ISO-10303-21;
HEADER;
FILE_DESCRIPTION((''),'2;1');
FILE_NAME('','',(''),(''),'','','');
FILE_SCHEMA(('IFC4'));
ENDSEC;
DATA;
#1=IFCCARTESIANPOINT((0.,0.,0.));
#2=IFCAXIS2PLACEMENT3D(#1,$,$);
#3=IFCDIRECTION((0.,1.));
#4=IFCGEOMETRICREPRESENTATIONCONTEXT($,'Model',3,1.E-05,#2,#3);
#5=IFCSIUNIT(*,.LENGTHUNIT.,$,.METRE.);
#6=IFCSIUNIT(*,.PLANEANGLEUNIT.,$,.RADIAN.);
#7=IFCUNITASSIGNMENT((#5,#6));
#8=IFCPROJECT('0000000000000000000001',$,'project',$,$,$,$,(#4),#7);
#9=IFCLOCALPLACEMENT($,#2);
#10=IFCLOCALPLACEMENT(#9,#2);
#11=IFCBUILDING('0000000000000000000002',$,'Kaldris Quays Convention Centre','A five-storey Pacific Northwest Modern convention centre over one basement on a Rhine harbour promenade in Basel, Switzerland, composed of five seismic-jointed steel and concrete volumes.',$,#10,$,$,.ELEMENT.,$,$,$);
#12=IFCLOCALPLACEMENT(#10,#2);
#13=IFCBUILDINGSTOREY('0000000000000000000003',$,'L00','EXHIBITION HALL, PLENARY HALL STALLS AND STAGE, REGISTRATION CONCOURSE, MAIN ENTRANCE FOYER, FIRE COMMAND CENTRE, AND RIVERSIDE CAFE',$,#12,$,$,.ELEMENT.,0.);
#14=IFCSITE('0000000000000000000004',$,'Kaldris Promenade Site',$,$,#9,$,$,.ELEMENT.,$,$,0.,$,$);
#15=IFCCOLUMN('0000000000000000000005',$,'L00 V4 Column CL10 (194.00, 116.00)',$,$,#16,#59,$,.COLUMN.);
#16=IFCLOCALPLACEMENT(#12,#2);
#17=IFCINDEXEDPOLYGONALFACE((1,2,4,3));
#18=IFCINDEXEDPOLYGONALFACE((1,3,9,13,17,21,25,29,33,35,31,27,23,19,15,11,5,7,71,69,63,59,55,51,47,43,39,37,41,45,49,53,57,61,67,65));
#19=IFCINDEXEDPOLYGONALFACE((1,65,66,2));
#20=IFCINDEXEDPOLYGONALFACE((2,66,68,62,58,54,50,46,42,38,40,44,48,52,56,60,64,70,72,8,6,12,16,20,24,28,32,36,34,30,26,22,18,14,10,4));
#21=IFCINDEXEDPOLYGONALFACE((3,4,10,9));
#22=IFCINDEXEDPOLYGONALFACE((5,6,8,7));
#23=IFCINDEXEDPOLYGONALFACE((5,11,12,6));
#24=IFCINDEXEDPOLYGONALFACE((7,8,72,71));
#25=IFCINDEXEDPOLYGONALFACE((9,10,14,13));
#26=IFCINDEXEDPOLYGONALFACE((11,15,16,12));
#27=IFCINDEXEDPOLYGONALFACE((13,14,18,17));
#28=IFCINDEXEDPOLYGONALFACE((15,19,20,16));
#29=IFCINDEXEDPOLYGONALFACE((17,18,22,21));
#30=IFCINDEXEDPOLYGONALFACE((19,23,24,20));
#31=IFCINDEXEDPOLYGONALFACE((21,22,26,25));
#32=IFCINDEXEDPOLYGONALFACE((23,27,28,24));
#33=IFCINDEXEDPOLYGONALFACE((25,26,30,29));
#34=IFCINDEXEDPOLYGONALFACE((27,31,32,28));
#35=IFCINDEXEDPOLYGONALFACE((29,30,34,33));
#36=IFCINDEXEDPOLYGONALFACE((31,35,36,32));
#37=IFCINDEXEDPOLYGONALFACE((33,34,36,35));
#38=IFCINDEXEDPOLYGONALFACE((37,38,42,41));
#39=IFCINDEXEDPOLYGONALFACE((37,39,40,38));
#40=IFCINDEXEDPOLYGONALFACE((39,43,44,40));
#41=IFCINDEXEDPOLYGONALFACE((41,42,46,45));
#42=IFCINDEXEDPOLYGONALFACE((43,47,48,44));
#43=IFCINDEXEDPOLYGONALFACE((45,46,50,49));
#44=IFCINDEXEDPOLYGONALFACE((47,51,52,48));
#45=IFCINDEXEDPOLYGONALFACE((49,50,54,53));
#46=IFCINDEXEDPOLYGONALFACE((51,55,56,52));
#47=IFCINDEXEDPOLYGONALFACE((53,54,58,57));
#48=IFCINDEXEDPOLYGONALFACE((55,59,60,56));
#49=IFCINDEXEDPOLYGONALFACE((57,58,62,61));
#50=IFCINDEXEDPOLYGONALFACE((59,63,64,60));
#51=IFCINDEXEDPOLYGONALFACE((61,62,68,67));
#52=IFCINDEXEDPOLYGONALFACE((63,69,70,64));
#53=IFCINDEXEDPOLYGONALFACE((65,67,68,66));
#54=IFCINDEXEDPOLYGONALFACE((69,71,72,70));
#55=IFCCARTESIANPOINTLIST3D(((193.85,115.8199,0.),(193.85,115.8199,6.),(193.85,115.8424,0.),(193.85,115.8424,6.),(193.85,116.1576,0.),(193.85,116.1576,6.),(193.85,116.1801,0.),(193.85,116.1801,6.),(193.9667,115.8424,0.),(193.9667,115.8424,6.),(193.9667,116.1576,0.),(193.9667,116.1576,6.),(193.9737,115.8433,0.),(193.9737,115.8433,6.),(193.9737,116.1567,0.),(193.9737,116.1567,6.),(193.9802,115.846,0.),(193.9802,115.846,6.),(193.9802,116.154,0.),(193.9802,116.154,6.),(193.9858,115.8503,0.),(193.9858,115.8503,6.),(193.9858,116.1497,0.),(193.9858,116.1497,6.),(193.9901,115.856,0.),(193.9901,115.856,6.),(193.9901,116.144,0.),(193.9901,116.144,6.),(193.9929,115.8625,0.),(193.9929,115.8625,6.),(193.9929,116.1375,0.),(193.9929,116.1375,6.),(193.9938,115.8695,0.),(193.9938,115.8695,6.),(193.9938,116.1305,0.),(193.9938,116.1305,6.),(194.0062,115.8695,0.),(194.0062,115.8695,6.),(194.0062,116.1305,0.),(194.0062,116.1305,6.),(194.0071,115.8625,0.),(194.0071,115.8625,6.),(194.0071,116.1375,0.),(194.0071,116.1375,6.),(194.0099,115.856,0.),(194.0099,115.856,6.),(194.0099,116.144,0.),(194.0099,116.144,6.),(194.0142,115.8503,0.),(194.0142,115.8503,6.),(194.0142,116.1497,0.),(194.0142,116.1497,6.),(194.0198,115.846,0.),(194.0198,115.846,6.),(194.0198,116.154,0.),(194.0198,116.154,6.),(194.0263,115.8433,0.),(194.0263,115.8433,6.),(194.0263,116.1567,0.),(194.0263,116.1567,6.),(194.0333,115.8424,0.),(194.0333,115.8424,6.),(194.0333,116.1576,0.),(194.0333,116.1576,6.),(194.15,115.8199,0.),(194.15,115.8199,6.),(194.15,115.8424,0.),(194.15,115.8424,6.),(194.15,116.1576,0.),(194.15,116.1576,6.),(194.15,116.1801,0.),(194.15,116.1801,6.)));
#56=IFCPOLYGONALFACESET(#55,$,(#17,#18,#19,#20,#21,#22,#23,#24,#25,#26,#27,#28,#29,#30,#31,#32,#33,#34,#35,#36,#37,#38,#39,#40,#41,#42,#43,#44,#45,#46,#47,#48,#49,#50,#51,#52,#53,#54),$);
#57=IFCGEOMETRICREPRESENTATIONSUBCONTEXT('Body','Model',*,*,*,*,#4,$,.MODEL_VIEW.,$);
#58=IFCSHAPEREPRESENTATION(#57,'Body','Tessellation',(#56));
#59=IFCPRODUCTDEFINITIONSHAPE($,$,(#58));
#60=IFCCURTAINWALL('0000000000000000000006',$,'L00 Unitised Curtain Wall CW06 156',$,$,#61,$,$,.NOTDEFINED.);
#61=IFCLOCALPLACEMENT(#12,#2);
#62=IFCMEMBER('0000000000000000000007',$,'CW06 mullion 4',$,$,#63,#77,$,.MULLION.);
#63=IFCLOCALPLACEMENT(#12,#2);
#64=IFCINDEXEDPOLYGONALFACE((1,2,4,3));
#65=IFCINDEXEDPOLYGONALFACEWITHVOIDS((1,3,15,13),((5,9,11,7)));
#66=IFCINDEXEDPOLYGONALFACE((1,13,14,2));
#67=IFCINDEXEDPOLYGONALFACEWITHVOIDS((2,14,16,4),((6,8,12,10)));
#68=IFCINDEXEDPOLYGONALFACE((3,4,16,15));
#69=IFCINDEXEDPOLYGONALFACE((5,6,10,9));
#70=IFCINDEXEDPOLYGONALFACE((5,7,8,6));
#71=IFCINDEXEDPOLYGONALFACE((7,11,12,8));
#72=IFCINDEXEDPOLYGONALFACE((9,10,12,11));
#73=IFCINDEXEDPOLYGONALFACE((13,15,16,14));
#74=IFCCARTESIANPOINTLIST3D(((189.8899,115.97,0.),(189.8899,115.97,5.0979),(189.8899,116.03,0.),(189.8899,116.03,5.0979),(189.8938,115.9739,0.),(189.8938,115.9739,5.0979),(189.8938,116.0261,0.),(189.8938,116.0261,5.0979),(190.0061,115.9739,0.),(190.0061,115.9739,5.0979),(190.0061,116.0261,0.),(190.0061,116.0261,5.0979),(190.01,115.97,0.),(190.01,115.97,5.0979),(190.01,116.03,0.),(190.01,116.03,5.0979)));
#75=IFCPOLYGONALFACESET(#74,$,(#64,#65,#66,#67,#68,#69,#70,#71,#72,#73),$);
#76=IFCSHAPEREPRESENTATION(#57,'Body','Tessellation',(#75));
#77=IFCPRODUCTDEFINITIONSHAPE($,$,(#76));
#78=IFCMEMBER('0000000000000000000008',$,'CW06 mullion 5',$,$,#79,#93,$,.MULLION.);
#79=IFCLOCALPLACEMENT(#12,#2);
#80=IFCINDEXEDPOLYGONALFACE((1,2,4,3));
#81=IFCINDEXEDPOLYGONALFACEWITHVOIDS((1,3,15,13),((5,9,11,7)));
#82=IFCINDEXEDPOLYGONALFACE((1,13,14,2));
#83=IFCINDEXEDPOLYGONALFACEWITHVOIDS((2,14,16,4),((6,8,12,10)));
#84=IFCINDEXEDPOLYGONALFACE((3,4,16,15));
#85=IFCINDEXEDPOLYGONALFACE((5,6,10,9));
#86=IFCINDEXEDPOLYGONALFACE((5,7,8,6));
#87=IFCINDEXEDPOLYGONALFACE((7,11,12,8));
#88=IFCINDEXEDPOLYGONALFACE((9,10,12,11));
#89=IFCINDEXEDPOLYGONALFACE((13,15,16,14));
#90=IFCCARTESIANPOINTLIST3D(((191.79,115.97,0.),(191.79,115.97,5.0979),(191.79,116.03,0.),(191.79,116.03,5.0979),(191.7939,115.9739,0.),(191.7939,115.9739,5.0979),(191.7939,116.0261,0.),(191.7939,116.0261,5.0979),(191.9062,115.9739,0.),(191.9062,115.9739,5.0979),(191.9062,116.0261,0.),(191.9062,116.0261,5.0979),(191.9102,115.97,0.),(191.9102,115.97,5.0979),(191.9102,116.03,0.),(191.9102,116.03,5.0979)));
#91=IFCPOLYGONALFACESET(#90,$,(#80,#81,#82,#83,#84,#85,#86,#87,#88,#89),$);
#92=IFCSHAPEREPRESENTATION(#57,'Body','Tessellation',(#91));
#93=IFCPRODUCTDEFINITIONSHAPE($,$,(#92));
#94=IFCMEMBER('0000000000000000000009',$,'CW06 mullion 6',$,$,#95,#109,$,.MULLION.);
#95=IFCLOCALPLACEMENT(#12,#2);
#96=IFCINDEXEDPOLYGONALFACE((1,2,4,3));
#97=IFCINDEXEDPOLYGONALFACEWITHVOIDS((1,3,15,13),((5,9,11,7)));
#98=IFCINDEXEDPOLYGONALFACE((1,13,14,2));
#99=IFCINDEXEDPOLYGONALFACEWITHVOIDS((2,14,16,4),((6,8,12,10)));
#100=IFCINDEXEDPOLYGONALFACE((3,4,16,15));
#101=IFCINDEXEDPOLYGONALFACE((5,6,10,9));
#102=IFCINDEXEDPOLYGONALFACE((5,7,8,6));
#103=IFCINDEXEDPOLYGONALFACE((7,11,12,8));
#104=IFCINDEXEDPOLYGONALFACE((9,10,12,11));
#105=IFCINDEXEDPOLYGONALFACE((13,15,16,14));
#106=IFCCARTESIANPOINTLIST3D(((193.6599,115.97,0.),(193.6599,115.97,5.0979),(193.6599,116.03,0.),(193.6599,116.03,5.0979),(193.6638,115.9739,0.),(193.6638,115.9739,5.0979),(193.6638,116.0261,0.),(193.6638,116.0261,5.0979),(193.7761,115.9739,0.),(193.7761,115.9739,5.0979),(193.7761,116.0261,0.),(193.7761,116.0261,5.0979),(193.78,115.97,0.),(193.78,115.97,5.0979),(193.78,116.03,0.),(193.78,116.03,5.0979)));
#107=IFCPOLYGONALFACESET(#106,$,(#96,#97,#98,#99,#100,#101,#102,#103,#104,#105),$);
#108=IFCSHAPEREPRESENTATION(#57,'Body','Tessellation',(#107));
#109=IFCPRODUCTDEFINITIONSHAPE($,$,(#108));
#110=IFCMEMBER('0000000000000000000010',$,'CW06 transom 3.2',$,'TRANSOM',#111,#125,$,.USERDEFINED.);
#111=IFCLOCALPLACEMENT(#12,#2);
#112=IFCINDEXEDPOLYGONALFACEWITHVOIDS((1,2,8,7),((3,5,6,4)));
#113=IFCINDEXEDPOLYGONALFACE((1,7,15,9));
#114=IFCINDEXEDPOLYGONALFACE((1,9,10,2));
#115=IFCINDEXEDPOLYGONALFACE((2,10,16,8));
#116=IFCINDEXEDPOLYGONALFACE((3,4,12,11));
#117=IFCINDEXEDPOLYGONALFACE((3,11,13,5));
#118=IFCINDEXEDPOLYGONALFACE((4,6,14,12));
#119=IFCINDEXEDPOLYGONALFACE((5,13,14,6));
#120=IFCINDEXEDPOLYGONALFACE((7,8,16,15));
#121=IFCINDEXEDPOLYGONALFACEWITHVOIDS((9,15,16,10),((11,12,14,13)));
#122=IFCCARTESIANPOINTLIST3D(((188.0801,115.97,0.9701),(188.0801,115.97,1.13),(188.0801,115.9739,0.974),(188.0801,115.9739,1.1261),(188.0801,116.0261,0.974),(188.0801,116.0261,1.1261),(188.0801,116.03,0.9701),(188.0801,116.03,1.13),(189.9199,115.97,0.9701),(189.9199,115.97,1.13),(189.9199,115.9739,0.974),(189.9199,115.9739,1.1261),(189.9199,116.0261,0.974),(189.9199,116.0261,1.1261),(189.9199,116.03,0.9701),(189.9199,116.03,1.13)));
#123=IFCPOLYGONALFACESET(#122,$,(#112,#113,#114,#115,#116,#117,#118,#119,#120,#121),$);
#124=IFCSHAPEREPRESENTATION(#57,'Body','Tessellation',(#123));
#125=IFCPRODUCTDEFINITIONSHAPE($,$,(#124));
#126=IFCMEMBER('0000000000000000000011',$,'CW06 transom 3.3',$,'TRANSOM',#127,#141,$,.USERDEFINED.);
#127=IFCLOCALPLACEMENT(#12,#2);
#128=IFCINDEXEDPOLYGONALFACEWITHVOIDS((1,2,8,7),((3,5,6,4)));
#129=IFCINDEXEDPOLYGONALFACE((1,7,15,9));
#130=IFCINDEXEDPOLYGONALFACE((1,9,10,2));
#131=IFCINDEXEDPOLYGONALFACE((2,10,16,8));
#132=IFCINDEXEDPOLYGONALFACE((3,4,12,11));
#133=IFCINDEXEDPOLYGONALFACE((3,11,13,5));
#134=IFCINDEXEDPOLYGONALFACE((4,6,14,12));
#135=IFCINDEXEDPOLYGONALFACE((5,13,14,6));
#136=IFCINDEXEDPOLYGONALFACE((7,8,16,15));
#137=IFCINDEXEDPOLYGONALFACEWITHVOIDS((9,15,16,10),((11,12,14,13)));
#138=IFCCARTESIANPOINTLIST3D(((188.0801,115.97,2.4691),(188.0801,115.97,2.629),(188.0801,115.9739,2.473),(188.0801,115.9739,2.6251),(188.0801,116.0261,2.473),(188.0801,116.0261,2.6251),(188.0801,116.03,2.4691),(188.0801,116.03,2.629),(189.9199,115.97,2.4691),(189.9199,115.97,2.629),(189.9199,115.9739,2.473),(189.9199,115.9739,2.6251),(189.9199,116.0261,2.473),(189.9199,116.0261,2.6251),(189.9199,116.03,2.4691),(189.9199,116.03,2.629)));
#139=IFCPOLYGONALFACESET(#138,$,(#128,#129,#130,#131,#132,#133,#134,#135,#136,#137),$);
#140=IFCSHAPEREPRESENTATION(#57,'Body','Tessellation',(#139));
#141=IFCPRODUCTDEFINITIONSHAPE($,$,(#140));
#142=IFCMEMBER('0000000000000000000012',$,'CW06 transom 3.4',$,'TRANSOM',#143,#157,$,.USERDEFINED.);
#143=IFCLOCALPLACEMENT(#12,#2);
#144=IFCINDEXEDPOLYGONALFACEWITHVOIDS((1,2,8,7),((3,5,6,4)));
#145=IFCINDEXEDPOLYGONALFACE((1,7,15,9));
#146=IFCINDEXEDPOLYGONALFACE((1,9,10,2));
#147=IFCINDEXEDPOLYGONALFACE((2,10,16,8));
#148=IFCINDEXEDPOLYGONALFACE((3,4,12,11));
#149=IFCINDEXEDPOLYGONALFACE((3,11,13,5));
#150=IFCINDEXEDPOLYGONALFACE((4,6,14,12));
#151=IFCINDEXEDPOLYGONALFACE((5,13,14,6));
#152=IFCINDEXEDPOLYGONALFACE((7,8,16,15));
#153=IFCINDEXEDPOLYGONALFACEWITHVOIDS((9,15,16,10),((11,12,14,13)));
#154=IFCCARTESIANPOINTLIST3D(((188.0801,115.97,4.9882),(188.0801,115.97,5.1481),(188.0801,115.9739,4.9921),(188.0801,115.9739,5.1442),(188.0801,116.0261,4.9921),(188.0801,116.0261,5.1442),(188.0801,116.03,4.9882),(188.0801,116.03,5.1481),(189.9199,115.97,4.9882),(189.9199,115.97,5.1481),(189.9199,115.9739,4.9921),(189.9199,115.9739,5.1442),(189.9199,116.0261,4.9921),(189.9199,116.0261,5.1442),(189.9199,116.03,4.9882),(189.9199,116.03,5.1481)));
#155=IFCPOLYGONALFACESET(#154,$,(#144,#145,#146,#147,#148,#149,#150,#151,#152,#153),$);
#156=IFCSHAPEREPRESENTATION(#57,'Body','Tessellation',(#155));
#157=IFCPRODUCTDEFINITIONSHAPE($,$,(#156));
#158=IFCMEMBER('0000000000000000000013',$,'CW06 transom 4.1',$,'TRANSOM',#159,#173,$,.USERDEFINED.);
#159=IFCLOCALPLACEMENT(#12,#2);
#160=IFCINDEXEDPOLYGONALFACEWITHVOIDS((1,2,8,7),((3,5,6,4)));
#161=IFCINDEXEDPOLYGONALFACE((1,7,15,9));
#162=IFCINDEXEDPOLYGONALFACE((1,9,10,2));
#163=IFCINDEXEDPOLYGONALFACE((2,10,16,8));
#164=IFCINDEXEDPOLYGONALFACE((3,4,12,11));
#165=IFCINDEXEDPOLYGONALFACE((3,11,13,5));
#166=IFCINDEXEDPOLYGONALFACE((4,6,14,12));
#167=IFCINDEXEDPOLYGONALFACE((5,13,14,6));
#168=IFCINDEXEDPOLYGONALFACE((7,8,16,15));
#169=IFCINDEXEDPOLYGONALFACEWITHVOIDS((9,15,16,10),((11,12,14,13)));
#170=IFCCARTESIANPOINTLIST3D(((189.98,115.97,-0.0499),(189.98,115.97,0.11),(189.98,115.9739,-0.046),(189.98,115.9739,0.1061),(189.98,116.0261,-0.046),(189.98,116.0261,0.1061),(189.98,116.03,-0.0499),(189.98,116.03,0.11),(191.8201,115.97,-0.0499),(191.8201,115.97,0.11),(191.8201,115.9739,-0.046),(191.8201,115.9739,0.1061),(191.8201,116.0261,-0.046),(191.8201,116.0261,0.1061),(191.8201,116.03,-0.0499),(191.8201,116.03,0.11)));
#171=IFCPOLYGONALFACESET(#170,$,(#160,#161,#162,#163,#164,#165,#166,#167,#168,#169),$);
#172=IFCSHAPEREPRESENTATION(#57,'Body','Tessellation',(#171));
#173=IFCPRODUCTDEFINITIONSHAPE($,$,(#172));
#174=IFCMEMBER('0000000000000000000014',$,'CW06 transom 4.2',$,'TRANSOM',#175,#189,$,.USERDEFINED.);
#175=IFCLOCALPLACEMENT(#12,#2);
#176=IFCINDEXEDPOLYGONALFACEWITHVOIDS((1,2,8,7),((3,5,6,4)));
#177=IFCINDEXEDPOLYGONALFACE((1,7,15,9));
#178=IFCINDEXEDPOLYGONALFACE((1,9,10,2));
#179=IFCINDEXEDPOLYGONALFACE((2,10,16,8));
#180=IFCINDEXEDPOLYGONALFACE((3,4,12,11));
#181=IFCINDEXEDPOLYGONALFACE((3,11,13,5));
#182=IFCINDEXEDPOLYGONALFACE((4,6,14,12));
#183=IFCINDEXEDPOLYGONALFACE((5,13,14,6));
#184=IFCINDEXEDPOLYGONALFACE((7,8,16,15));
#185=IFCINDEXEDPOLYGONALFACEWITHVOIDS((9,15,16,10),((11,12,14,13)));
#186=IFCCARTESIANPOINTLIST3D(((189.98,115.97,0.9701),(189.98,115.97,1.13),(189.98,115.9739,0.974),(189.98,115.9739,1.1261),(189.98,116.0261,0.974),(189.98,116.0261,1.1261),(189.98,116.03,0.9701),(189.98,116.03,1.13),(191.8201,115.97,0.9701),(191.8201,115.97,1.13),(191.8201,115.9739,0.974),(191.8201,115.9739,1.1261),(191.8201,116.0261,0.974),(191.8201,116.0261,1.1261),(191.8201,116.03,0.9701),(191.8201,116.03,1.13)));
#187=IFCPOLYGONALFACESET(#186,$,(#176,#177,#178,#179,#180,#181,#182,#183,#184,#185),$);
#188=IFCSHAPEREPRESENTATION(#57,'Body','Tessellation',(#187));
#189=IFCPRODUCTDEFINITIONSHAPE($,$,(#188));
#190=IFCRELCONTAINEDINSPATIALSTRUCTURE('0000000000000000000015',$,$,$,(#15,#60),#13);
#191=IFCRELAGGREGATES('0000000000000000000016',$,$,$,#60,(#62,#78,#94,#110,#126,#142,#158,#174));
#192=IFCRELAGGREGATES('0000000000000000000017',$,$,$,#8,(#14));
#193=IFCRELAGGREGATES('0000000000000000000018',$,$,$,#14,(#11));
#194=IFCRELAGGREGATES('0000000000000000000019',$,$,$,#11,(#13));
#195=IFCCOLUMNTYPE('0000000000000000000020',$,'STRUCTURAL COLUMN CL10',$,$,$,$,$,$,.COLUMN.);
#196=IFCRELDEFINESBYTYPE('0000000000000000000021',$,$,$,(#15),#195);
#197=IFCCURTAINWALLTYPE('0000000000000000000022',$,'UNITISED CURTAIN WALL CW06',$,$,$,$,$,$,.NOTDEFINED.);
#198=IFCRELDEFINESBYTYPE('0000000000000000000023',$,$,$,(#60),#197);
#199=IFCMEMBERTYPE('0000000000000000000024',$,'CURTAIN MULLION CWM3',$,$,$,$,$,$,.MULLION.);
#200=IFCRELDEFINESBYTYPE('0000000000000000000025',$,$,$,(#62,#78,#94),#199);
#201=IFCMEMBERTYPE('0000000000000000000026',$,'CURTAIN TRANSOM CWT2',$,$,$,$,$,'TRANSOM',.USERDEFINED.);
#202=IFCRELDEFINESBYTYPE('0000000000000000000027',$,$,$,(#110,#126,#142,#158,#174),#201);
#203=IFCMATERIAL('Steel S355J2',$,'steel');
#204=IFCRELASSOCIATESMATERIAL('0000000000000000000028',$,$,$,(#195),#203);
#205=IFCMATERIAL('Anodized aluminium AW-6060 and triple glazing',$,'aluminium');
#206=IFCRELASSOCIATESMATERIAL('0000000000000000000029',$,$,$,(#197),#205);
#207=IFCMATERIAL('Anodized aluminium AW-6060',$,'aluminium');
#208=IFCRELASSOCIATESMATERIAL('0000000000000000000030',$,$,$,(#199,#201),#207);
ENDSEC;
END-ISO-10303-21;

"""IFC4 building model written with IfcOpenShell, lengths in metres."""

from ifc_helpers import new_model, si_unit, direction, frame, origin, origin_2d, place, context, subcontext, project, spatial, hollow_rectangle, i_section, extrude, material, material_profile, profile_set, type_object, element, aggregate, save


model = new_model("IFC4")

# Units and contexts
model_context = context("Model", 3, precision=1e-05, world=origin(), true_north=direction((0.0, 1.0)))
body_context = subcontext(model_context, "Body", "Model", "MODEL_VIEW")
ifc_project = project(units=[si_unit("LENGTHUNIT", "METRE"), si_unit("PLANEANGLEUNIT", "RADIAN")], contexts=[model_context])

# Site, building, storey
site_placement = place(None, origin())
site = spatial("IfcSite", under=ifc_project, at=site_placement, Name="Kaldris Promenade Site", CompositionType="ELEMENT", RefElevation=0.0)
building_placement = place(site_placement, origin())
building = spatial("IfcBuilding", under=site, at=building_placement, Name="Kaldris Quays Convention Centre", Description="A five-storey Pacific Northwest Modern convention centre over one basement on a Rhine harbour promenade in Basel, Switzerland, composed of five seismic-jointed steel and concrete volumes.", CompositionType="ELEMENT")
storey_placement = place(building_placement, origin())
storey = spatial("IfcBuildingStorey", under=building, at=storey_placement, Name="L00", Description="EXHIBITION HALL, PLENARY HALL STALLS AND STAGE, REGISTRATION CONCOURSE, MAIN ENTRANCE FOYER, FIRE COMMAND CENTRE, AND RIVERSIDE CAFE", CompositionType="ELEMENT", Elevation=0.0)

# Column
ifc_material_1 = material(Name="Steel S355J2", Category="steel")
ifc_material_profile_1 = material_profile(ifc_material_1, i_section(OverallWidth=0.3, OverallDepth=0.3601, WebThickness=0.0125, FlangeThickness=0.0225, FilletRadius=0.0271, at=origin_2d()), Name="HEB 360")
ifc_profile_set_1 = profile_set([ifc_material_profile_1], Name="Steel S355J2")
column_type = type_object("IfcColumnType", Name="STRUCTURAL COLUMN CL10", PredefinedType="COLUMN", material=ifc_profile_set_1)
column_placement = place(storey_placement, frame((194.0, 116.0, 0.0), z_axis=(0.0, 0.0, 1.0), x_axis=(1.0, 0.0, 0.0)))
element("IfcColumn", 1, at=column_placement, inside=storey, type_object=column_type, Name="L00 V4 Column CL10 (194.00, 116.00)", PredefinedType="COLUMN", context=body_context, shape_type="SweptSolid", body=[
    extrude(i_section(OverallWidth=0.3, OverallDepth=0.3601, WebThickness=0.0125, FlangeThickness=0.0225, FilletRadius=0.0271, at=origin_2d()), origin(), (0.0, 0.0, 1.0), 6.0),
])

# Curtain wall, members
ifc_material_2 = material(Name="Anodized aluminium AW-6060 and triple glazing", Category="aluminium")
curtain_wall_type = type_object("IfcCurtainWallType", Name="UNITISED CURTAIN WALL CW06", PredefinedType="NOTDEFINED", material=ifc_material_2)
curtain_wall_placement = place(storey_placement, origin())
curtain_wall = element("IfcCurtainWall", 2, at=curtain_wall_placement, inside=storey, type_object=curtain_wall_type, Name="L00 Unitised Curtain Wall CW06 156", PredefinedType="NOTDEFINED")
ifc_material_3 = material(Name="Anodized aluminium AW-6060", Category="aluminium")
ifc_material_profile_2 = material_profile(ifc_material_3, hollow_rectangle(XDim=0.0601, YDim=0.1201, WallThickness=0.0039, at=origin_2d()), Name="RHS 120x60x4")
ifc_profile_set_2 = profile_set([ifc_material_profile_2], Name="Anodized aluminium AW-6060")
member_type_1 = type_object("IfcMemberType", Name="CURTAIN MULLION CWM3", PredefinedType="MULLION", material=ifc_profile_set_2)
member_1_placement = place(storey_placement, frame((189.95, 116.0, 0.0), z_axis=(0.0, 0.0, 1.0), x_axis=(0.0, 1.0, 0.0)))
member_1 = element("IfcMember", 3, at=member_1_placement, type_object=member_type_1, Name="CW06 mullion 4", PredefinedType="MULLION", context=body_context, shape_type="SweptSolid", body=[
    extrude(hollow_rectangle(XDim=0.0601, YDim=0.1201, WallThickness=0.0039, at=origin_2d()), origin(), (0.0, 0.0, 1.0), 5.0979),
])
member_2_placement = place(storey_placement, frame((191.8501, 116.0, 0.0), z_axis=(0.0, 0.0, 1.0), x_axis=(0.0, 1.0, 0.0)))
member_2 = element("IfcMember", 4, at=member_2_placement, type_object=member_type_1, Name="CW06 mullion 5", PredefinedType="MULLION", context=body_context, shape_type="SweptSolid", body=[
    extrude(hollow_rectangle(XDim=0.0601, YDim=0.1201, WallThickness=0.0039, at=origin_2d()), origin(), (0.0, 0.0, 1.0), 5.0979),
])
member_3_placement = place(storey_placement, frame((193.72, 116.0, 0.0), z_axis=(0.0, 0.0, 1.0), x_axis=(0.0, 1.0, 0.0)))
member_3 = element("IfcMember", 5, at=member_3_placement, type_object=member_type_1, Name="CW06 mullion 6", PredefinedType="MULLION", context=body_context, shape_type="SweptSolid", body=[
    extrude(hollow_rectangle(XDim=0.0601, YDim=0.1201, WallThickness=0.0039, at=origin_2d()), origin(), (0.0, 0.0, 1.0), 5.0979),
])
ifc_material_profile_3 = material_profile(ifc_material_3, hollow_rectangle(XDim=0.0601, YDim=0.1599, WallThickness=0.0039, at=origin_2d()), Name="RHS 160x60x4")
ifc_profile_set_3 = profile_set([ifc_material_profile_3], Name="Anodized aluminium AW-6060")
member_type_2 = type_object("IfcMemberType", Name="CURTAIN TRANSOM CWT2", ElementType="TRANSOM", PredefinedType="USERDEFINED", material=ifc_profile_set_3)
member_4_placement = place(storey_placement, frame((188.0801, 116.0, 1.05), z_axis=(1.0, 0.0, 0.0), x_axis=(0.0, 1.0, 0.0)))
member_4 = element("IfcMember", 6, at=member_4_placement, type_object=member_type_2, Name="CW06 transom 3.2", ObjectType="TRANSOM", PredefinedType="USERDEFINED", context=body_context, shape_type="SweptSolid", body=[
    extrude(hollow_rectangle(XDim=0.0601, YDim=0.1599, WallThickness=0.0039, at=origin_2d()), origin(), (0.0, 0.0, 1.0), 1.8398),
])
member_5_placement = place(storey_placement, frame((188.0801, 116.0, 2.5491), z_axis=(1.0, 0.0, 0.0), x_axis=(0.0, 1.0, 0.0)))
member_5 = element("IfcMember", 7, at=member_5_placement, type_object=member_type_2, Name="CW06 transom 3.3", ObjectType="TRANSOM", PredefinedType="USERDEFINED", context=body_context, shape_type="SweptSolid", body=[
    extrude(hollow_rectangle(XDim=0.0601, YDim=0.1599, WallThickness=0.0039, at=origin_2d()), origin(), (0.0, 0.0, 1.0), 1.8398),
])
member_6_placement = place(storey_placement, frame((188.0801, 116.0, 5.0681), z_axis=(1.0, 0.0, 0.0), x_axis=(0.0, 1.0, 0.0)))
member_6 = element("IfcMember", 8, at=member_6_placement, type_object=member_type_2, Name="CW06 transom 3.4", ObjectType="TRANSOM", PredefinedType="USERDEFINED", context=body_context, shape_type="SweptSolid", body=[
    extrude(hollow_rectangle(XDim=0.0601, YDim=0.1599, WallThickness=0.0039, at=origin_2d()), origin(), (0.0, 0.0, 1.0), 1.8398),
])
member_7_placement = place(storey_placement, frame((189.98, 116.0, 0.03), z_axis=(1.0, 0.0, 0.0), x_axis=(0.0, 1.0, 0.0)))
member_7 = element("IfcMember", 9, at=member_7_placement, type_object=member_type_2, Name="CW06 transom 4.1", ObjectType="TRANSOM", PredefinedType="USERDEFINED", context=body_context, shape_type="SweptSolid", body=[
    extrude(hollow_rectangle(XDim=0.0601, YDim=0.1599, WallThickness=0.0039, at=origin_2d()), origin(), (0.0, 0.0, 1.0), 1.8401),
])
member_8_placement = place(storey_placement, frame((189.98, 116.0, 1.05), z_axis=(1.0, 0.0, 0.0), x_axis=(0.0, 1.0, 0.0)))
member_8 = element("IfcMember", 10, at=member_8_placement, type_object=member_type_2, Name="CW06 transom 4.2", ObjectType="TRANSOM", PredefinedType="USERDEFINED", context=body_context, shape_type="SweptSolid", body=[
    extrude(hollow_rectangle(XDim=0.0601, YDim=0.1599, WallThickness=0.0039, at=origin_2d()), origin(), (0.0, 0.0, 1.0), 1.8401),
])
aggregate(curtain_wall, [member_1, member_2, member_3, member_4, member_5, member_6, member_7, member_8])

save(model, "model.ifc")
